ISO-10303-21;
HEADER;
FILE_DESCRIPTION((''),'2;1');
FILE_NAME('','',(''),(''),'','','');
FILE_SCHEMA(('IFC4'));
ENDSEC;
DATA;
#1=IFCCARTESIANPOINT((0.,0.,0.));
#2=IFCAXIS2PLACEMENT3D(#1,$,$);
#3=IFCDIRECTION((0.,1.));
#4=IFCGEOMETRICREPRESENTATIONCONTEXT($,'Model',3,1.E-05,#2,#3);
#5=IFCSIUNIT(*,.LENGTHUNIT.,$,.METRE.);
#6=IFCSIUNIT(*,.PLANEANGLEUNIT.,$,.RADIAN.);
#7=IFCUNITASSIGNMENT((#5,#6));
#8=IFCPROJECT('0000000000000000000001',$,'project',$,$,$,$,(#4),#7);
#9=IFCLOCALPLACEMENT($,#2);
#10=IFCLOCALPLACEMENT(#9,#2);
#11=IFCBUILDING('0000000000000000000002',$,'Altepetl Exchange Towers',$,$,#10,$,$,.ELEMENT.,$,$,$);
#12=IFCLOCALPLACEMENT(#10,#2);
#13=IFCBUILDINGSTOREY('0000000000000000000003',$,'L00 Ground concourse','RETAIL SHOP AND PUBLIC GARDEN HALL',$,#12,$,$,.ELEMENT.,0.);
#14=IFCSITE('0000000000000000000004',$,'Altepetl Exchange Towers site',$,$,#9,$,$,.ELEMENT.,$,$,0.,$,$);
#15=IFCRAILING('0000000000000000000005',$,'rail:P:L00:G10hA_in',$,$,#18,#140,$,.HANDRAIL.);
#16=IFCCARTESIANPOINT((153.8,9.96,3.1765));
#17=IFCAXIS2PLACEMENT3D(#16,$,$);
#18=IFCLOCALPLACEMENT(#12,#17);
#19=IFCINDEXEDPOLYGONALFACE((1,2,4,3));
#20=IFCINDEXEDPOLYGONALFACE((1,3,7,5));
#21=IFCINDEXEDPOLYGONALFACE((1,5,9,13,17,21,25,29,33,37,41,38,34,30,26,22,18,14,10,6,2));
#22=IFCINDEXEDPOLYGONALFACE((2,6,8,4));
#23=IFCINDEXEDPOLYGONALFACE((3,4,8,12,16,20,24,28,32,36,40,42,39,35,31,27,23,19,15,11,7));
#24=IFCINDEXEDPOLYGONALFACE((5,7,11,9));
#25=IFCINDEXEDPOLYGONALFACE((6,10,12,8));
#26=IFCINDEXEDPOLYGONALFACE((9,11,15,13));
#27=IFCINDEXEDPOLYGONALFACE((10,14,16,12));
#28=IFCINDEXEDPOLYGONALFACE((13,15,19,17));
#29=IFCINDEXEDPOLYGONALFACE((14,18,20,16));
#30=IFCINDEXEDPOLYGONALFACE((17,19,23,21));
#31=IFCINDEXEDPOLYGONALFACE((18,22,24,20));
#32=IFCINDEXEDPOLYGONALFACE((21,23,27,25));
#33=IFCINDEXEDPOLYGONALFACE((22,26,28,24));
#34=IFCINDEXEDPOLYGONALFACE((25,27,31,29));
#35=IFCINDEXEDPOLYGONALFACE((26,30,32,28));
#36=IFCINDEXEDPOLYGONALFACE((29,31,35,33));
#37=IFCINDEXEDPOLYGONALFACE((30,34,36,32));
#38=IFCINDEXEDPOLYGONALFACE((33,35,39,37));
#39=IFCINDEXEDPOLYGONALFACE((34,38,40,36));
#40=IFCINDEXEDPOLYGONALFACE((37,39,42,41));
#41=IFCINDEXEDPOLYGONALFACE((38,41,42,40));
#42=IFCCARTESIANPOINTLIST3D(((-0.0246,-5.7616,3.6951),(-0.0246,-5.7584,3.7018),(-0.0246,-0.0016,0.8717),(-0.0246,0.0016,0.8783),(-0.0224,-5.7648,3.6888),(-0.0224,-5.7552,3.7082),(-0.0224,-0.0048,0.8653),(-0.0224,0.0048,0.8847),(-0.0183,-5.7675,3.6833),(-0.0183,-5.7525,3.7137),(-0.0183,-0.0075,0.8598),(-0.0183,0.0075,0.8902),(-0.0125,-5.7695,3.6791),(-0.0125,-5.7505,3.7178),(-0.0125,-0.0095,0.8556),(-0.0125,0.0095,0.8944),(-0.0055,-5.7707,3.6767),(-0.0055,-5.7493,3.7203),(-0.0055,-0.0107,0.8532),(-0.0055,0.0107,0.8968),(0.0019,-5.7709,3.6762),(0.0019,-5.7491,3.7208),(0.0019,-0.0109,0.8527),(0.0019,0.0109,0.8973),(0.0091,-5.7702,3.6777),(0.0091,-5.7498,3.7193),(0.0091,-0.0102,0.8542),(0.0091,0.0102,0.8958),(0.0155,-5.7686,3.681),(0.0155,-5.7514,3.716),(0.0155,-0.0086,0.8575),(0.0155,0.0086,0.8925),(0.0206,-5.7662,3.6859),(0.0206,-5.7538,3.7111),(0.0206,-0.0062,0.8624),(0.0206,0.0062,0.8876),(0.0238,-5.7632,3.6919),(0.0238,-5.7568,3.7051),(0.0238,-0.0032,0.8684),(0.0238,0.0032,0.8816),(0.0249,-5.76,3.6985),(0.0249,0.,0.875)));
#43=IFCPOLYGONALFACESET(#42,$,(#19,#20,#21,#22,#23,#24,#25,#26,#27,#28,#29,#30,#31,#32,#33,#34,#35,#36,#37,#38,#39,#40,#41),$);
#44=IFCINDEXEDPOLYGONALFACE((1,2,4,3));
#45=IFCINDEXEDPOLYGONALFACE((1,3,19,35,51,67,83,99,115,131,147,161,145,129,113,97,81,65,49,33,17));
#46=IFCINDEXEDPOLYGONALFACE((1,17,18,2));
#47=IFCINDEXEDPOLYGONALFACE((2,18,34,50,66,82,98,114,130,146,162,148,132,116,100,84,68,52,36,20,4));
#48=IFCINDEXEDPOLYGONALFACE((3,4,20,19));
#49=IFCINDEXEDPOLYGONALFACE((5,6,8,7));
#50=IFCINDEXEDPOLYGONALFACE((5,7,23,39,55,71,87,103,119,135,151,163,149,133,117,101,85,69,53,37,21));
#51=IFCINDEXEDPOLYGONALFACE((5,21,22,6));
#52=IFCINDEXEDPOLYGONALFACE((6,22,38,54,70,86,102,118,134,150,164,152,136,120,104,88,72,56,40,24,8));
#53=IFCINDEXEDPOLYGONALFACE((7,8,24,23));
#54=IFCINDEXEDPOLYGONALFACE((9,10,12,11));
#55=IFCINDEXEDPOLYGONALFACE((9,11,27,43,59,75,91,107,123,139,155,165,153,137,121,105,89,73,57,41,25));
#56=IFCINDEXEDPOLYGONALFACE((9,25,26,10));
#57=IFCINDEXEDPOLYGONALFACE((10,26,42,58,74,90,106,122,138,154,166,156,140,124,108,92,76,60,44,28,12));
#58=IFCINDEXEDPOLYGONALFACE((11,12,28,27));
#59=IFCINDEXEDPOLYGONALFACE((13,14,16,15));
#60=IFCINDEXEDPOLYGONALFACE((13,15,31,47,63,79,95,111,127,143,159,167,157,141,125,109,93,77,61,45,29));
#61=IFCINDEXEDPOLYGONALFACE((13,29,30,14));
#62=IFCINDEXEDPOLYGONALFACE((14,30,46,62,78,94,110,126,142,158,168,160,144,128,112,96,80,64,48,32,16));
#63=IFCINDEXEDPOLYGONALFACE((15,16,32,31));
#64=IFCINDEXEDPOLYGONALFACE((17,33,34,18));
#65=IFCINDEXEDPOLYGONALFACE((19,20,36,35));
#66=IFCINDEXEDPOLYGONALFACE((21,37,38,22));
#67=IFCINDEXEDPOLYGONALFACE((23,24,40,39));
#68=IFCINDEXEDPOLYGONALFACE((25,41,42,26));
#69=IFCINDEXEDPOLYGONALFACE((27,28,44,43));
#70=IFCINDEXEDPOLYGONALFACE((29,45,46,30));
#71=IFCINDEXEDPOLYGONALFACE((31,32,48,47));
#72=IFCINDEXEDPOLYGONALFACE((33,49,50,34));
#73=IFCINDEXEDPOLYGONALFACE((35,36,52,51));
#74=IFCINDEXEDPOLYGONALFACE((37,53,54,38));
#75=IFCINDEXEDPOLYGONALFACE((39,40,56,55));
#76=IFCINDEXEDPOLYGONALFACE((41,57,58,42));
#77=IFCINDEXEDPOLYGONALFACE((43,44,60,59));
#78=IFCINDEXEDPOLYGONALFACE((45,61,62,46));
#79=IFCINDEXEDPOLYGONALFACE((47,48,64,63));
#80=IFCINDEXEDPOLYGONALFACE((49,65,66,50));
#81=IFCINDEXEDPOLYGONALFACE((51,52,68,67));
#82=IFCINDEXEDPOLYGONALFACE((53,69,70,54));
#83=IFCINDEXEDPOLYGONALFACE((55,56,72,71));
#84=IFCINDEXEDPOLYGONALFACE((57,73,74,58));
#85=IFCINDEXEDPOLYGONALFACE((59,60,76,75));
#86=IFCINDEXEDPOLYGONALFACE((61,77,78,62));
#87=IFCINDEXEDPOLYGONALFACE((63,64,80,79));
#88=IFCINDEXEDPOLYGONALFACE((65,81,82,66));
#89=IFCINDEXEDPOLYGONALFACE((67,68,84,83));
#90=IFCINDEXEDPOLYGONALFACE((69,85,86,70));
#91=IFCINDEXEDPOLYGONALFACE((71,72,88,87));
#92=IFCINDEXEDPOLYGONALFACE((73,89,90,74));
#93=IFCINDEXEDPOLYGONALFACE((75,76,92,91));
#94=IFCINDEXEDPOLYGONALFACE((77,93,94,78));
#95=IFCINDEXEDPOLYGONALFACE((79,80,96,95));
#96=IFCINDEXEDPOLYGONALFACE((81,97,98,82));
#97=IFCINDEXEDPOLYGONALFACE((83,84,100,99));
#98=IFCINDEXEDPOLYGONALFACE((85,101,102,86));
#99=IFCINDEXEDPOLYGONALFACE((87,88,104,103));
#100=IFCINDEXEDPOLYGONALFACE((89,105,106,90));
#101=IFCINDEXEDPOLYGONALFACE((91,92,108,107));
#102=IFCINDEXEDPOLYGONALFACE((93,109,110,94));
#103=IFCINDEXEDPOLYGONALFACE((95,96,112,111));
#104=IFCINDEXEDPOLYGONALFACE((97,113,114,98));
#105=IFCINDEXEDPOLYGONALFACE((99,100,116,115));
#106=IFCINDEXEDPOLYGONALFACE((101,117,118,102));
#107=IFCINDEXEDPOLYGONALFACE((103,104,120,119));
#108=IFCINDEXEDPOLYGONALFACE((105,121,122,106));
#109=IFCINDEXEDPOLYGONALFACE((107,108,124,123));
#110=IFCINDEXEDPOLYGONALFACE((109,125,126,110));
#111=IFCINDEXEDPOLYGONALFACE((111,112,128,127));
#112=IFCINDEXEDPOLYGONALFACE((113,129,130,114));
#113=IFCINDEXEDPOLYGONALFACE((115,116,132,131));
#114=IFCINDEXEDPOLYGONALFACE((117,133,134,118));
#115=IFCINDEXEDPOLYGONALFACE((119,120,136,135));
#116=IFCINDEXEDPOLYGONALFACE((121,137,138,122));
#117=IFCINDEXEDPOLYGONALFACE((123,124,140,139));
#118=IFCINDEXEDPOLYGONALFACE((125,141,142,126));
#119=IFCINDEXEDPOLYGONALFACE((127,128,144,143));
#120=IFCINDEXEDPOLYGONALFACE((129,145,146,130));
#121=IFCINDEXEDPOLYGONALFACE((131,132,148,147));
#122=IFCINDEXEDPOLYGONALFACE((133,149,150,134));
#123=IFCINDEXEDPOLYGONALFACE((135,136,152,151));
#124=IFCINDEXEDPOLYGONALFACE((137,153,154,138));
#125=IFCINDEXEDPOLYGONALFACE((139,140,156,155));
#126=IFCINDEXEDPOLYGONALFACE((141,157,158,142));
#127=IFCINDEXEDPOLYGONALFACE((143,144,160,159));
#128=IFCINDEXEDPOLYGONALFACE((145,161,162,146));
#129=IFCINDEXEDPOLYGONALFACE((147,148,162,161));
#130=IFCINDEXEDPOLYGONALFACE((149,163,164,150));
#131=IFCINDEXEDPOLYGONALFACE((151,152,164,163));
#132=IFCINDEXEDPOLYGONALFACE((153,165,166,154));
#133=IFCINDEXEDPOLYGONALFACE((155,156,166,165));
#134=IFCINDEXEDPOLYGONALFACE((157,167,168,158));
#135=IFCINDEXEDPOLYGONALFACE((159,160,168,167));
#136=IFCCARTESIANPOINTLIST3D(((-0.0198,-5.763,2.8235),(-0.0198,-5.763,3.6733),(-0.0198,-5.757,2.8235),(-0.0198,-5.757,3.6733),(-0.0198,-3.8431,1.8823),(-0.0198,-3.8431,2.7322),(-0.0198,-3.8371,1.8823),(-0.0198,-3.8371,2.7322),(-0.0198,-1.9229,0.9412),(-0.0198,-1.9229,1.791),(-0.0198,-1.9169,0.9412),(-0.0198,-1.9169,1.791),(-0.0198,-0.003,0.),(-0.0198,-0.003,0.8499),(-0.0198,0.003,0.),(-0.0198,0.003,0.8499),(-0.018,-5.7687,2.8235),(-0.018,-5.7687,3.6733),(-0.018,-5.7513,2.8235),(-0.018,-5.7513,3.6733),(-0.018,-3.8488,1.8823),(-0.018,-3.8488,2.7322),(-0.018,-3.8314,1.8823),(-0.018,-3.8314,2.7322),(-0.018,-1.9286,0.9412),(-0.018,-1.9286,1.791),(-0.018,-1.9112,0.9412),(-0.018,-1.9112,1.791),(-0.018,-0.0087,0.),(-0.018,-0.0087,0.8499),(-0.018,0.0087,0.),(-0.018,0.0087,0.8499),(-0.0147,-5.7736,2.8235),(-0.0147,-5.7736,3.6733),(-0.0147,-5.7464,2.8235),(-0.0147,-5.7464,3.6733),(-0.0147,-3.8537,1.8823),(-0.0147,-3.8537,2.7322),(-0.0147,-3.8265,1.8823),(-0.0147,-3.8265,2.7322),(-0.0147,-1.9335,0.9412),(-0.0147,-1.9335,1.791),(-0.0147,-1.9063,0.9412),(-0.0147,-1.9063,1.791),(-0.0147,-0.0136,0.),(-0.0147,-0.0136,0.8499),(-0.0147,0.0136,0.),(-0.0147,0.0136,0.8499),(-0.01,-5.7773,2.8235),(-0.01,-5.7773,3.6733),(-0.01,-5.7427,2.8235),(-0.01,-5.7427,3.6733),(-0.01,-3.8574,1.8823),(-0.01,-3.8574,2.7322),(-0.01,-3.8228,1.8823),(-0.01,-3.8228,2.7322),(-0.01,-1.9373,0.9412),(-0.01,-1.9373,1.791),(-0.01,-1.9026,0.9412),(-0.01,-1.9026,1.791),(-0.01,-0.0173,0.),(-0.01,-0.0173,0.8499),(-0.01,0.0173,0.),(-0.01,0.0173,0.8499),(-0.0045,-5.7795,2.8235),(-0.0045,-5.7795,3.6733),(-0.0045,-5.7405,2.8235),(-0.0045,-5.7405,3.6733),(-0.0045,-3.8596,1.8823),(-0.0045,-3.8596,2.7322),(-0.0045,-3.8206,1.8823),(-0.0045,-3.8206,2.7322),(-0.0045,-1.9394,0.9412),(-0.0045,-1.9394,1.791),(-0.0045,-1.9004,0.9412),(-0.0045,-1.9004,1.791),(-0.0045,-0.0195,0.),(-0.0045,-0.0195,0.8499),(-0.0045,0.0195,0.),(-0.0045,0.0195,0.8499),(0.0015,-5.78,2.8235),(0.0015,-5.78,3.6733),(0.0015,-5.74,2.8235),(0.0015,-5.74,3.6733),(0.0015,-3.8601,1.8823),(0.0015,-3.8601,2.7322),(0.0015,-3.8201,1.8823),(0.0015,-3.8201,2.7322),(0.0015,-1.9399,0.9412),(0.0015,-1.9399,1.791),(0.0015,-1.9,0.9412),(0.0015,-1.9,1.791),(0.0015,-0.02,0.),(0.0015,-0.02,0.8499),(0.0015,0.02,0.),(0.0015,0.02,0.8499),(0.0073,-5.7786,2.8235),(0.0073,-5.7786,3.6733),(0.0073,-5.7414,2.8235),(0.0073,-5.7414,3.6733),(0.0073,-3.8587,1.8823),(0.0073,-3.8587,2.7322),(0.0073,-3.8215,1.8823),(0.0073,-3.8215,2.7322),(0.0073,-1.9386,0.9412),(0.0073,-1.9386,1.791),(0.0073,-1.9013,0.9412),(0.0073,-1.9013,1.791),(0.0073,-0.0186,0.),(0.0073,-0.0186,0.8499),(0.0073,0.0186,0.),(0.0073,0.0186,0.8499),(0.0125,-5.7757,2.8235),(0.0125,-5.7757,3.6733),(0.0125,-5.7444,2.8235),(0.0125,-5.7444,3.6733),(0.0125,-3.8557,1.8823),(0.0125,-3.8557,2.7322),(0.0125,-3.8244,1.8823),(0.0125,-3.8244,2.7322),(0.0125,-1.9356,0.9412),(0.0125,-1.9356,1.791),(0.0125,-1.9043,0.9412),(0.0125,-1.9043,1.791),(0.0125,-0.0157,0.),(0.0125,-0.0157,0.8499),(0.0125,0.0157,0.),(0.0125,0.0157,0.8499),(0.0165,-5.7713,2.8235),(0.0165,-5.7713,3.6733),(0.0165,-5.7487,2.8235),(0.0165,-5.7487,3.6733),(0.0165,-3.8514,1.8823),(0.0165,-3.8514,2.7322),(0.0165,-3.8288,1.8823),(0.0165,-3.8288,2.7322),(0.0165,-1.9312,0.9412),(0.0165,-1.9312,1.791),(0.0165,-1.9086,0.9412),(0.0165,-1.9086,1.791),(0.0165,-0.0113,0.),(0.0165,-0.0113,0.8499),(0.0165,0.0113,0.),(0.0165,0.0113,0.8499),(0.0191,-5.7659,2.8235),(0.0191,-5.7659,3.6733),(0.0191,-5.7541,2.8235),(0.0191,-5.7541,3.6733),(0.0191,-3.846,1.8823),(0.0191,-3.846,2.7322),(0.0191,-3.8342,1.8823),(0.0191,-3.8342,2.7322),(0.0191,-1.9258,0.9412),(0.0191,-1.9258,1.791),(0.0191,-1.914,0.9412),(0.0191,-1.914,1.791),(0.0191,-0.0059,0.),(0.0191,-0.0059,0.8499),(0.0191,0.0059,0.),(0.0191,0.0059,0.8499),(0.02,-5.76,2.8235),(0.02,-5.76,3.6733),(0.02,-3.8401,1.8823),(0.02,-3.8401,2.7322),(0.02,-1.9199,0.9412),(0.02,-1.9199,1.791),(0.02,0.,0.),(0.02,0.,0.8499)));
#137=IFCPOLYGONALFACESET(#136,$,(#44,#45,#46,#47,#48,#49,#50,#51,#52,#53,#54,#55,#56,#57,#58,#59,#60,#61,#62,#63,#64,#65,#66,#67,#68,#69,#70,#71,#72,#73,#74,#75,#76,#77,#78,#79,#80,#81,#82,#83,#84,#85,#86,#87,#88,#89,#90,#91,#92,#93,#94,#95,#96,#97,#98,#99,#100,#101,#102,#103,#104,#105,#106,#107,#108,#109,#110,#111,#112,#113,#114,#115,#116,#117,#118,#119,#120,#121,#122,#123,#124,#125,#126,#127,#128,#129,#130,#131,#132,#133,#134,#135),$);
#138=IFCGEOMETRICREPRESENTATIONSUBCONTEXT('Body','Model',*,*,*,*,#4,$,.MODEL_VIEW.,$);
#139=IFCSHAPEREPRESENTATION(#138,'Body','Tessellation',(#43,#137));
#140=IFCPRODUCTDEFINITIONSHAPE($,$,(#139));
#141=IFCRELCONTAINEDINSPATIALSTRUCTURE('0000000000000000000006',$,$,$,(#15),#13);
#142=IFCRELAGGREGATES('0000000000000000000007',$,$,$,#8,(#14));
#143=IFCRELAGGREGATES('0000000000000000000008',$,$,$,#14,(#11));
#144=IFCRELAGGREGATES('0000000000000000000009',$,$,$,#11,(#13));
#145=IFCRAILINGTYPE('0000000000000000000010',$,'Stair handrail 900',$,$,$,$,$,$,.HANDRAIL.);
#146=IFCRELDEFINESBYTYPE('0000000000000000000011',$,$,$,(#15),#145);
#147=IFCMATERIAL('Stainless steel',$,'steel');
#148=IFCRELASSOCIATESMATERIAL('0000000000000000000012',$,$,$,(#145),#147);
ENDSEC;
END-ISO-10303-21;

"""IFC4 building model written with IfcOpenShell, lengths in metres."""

from ifc_helpers import new_model, si_unit, direction, frame, origin, origin_2d, place, context, subcontext, project, spatial, circle, extrude, source, transform, mapped, material, type_object, element, save


model = new_model("IFC4")

# Units and contexts
model_context = context("Model", 3, precision=1e-05, world=origin(), true_north=direction((0.0, 1.0)))
body_context = subcontext(model_context, "Body", "Model", "MODEL_VIEW")
ifc_project = project(units=[si_unit("LENGTHUNIT", "METRE"), si_unit("PLANEANGLEUNIT", "RADIAN")], contexts=[model_context])

# Site, building, storey
site_placement = place(None, origin())
site = spatial("IfcSite", under=ifc_project, at=site_placement, Name="Altepetl Exchange Towers site", CompositionType="ELEMENT", RefElevation=0.0)
building_placement = place(site_placement, origin())
building = spatial("IfcBuilding", under=site, at=building_placement, Name="Altepetl Exchange Towers", CompositionType="ELEMENT")
storey_placement = place(building_placement, origin())
storey = spatial("IfcBuildingStorey", under=building, at=storey_placement, Name="L00 Ground concourse", Description="RETAIL SHOP AND PUBLIC GARDEN HALL", CompositionType="ELEMENT", Elevation=0.0)

# Railing
ifc_material_1 = material(Name="Stainless steel", Category="steel")
railing_type_1 = type_object("IfcRailingType", Name="Stair handrail 900", PredefinedType="HANDRAIL", material=ifc_material_1)
shared_shape_1 = source(origin(), body_context, "Body", "SweptSolid", [
    extrude(circle(Radius=0.02, at=origin_2d()), origin(), (0.0, 0.0, 1.0), 0.8499),
])
for number, where, name in (
    (1, (153.8, 9.96, 3.1765), "rail:P:L00:G10hA_in"),
):
    element("IfcRailing", number, at=place(storey_placement, frame(where)), inside=storey, type_object=railing_type_1, Name=name, PredefinedType="HANDRAIL", context=body_context, shape_type="SweptSolid", body=[
        extrude(circle(Radius=0.0249, at=origin_2d()), frame((0.0, 0.0, 0.875), z_axis=(0.0, -0.897924, 0.440151), x_axis=(1.0, 0.0, 0.0)), (0.0, 0.0, 1.0), 6.4148),
        mapped(shared_shape_1, transform((0.0, 0.0, 0.0))),
        mapped(shared_shape_1, transform((0.0, -1.9199, 0.9412))),
        mapped(shared_shape_1, transform((0.0, -3.8401, 1.8823))),
        mapped(shared_shape_1, transform((0.0, -5.76, 2.8235))),
    ])

save(model, "model.ifc")
